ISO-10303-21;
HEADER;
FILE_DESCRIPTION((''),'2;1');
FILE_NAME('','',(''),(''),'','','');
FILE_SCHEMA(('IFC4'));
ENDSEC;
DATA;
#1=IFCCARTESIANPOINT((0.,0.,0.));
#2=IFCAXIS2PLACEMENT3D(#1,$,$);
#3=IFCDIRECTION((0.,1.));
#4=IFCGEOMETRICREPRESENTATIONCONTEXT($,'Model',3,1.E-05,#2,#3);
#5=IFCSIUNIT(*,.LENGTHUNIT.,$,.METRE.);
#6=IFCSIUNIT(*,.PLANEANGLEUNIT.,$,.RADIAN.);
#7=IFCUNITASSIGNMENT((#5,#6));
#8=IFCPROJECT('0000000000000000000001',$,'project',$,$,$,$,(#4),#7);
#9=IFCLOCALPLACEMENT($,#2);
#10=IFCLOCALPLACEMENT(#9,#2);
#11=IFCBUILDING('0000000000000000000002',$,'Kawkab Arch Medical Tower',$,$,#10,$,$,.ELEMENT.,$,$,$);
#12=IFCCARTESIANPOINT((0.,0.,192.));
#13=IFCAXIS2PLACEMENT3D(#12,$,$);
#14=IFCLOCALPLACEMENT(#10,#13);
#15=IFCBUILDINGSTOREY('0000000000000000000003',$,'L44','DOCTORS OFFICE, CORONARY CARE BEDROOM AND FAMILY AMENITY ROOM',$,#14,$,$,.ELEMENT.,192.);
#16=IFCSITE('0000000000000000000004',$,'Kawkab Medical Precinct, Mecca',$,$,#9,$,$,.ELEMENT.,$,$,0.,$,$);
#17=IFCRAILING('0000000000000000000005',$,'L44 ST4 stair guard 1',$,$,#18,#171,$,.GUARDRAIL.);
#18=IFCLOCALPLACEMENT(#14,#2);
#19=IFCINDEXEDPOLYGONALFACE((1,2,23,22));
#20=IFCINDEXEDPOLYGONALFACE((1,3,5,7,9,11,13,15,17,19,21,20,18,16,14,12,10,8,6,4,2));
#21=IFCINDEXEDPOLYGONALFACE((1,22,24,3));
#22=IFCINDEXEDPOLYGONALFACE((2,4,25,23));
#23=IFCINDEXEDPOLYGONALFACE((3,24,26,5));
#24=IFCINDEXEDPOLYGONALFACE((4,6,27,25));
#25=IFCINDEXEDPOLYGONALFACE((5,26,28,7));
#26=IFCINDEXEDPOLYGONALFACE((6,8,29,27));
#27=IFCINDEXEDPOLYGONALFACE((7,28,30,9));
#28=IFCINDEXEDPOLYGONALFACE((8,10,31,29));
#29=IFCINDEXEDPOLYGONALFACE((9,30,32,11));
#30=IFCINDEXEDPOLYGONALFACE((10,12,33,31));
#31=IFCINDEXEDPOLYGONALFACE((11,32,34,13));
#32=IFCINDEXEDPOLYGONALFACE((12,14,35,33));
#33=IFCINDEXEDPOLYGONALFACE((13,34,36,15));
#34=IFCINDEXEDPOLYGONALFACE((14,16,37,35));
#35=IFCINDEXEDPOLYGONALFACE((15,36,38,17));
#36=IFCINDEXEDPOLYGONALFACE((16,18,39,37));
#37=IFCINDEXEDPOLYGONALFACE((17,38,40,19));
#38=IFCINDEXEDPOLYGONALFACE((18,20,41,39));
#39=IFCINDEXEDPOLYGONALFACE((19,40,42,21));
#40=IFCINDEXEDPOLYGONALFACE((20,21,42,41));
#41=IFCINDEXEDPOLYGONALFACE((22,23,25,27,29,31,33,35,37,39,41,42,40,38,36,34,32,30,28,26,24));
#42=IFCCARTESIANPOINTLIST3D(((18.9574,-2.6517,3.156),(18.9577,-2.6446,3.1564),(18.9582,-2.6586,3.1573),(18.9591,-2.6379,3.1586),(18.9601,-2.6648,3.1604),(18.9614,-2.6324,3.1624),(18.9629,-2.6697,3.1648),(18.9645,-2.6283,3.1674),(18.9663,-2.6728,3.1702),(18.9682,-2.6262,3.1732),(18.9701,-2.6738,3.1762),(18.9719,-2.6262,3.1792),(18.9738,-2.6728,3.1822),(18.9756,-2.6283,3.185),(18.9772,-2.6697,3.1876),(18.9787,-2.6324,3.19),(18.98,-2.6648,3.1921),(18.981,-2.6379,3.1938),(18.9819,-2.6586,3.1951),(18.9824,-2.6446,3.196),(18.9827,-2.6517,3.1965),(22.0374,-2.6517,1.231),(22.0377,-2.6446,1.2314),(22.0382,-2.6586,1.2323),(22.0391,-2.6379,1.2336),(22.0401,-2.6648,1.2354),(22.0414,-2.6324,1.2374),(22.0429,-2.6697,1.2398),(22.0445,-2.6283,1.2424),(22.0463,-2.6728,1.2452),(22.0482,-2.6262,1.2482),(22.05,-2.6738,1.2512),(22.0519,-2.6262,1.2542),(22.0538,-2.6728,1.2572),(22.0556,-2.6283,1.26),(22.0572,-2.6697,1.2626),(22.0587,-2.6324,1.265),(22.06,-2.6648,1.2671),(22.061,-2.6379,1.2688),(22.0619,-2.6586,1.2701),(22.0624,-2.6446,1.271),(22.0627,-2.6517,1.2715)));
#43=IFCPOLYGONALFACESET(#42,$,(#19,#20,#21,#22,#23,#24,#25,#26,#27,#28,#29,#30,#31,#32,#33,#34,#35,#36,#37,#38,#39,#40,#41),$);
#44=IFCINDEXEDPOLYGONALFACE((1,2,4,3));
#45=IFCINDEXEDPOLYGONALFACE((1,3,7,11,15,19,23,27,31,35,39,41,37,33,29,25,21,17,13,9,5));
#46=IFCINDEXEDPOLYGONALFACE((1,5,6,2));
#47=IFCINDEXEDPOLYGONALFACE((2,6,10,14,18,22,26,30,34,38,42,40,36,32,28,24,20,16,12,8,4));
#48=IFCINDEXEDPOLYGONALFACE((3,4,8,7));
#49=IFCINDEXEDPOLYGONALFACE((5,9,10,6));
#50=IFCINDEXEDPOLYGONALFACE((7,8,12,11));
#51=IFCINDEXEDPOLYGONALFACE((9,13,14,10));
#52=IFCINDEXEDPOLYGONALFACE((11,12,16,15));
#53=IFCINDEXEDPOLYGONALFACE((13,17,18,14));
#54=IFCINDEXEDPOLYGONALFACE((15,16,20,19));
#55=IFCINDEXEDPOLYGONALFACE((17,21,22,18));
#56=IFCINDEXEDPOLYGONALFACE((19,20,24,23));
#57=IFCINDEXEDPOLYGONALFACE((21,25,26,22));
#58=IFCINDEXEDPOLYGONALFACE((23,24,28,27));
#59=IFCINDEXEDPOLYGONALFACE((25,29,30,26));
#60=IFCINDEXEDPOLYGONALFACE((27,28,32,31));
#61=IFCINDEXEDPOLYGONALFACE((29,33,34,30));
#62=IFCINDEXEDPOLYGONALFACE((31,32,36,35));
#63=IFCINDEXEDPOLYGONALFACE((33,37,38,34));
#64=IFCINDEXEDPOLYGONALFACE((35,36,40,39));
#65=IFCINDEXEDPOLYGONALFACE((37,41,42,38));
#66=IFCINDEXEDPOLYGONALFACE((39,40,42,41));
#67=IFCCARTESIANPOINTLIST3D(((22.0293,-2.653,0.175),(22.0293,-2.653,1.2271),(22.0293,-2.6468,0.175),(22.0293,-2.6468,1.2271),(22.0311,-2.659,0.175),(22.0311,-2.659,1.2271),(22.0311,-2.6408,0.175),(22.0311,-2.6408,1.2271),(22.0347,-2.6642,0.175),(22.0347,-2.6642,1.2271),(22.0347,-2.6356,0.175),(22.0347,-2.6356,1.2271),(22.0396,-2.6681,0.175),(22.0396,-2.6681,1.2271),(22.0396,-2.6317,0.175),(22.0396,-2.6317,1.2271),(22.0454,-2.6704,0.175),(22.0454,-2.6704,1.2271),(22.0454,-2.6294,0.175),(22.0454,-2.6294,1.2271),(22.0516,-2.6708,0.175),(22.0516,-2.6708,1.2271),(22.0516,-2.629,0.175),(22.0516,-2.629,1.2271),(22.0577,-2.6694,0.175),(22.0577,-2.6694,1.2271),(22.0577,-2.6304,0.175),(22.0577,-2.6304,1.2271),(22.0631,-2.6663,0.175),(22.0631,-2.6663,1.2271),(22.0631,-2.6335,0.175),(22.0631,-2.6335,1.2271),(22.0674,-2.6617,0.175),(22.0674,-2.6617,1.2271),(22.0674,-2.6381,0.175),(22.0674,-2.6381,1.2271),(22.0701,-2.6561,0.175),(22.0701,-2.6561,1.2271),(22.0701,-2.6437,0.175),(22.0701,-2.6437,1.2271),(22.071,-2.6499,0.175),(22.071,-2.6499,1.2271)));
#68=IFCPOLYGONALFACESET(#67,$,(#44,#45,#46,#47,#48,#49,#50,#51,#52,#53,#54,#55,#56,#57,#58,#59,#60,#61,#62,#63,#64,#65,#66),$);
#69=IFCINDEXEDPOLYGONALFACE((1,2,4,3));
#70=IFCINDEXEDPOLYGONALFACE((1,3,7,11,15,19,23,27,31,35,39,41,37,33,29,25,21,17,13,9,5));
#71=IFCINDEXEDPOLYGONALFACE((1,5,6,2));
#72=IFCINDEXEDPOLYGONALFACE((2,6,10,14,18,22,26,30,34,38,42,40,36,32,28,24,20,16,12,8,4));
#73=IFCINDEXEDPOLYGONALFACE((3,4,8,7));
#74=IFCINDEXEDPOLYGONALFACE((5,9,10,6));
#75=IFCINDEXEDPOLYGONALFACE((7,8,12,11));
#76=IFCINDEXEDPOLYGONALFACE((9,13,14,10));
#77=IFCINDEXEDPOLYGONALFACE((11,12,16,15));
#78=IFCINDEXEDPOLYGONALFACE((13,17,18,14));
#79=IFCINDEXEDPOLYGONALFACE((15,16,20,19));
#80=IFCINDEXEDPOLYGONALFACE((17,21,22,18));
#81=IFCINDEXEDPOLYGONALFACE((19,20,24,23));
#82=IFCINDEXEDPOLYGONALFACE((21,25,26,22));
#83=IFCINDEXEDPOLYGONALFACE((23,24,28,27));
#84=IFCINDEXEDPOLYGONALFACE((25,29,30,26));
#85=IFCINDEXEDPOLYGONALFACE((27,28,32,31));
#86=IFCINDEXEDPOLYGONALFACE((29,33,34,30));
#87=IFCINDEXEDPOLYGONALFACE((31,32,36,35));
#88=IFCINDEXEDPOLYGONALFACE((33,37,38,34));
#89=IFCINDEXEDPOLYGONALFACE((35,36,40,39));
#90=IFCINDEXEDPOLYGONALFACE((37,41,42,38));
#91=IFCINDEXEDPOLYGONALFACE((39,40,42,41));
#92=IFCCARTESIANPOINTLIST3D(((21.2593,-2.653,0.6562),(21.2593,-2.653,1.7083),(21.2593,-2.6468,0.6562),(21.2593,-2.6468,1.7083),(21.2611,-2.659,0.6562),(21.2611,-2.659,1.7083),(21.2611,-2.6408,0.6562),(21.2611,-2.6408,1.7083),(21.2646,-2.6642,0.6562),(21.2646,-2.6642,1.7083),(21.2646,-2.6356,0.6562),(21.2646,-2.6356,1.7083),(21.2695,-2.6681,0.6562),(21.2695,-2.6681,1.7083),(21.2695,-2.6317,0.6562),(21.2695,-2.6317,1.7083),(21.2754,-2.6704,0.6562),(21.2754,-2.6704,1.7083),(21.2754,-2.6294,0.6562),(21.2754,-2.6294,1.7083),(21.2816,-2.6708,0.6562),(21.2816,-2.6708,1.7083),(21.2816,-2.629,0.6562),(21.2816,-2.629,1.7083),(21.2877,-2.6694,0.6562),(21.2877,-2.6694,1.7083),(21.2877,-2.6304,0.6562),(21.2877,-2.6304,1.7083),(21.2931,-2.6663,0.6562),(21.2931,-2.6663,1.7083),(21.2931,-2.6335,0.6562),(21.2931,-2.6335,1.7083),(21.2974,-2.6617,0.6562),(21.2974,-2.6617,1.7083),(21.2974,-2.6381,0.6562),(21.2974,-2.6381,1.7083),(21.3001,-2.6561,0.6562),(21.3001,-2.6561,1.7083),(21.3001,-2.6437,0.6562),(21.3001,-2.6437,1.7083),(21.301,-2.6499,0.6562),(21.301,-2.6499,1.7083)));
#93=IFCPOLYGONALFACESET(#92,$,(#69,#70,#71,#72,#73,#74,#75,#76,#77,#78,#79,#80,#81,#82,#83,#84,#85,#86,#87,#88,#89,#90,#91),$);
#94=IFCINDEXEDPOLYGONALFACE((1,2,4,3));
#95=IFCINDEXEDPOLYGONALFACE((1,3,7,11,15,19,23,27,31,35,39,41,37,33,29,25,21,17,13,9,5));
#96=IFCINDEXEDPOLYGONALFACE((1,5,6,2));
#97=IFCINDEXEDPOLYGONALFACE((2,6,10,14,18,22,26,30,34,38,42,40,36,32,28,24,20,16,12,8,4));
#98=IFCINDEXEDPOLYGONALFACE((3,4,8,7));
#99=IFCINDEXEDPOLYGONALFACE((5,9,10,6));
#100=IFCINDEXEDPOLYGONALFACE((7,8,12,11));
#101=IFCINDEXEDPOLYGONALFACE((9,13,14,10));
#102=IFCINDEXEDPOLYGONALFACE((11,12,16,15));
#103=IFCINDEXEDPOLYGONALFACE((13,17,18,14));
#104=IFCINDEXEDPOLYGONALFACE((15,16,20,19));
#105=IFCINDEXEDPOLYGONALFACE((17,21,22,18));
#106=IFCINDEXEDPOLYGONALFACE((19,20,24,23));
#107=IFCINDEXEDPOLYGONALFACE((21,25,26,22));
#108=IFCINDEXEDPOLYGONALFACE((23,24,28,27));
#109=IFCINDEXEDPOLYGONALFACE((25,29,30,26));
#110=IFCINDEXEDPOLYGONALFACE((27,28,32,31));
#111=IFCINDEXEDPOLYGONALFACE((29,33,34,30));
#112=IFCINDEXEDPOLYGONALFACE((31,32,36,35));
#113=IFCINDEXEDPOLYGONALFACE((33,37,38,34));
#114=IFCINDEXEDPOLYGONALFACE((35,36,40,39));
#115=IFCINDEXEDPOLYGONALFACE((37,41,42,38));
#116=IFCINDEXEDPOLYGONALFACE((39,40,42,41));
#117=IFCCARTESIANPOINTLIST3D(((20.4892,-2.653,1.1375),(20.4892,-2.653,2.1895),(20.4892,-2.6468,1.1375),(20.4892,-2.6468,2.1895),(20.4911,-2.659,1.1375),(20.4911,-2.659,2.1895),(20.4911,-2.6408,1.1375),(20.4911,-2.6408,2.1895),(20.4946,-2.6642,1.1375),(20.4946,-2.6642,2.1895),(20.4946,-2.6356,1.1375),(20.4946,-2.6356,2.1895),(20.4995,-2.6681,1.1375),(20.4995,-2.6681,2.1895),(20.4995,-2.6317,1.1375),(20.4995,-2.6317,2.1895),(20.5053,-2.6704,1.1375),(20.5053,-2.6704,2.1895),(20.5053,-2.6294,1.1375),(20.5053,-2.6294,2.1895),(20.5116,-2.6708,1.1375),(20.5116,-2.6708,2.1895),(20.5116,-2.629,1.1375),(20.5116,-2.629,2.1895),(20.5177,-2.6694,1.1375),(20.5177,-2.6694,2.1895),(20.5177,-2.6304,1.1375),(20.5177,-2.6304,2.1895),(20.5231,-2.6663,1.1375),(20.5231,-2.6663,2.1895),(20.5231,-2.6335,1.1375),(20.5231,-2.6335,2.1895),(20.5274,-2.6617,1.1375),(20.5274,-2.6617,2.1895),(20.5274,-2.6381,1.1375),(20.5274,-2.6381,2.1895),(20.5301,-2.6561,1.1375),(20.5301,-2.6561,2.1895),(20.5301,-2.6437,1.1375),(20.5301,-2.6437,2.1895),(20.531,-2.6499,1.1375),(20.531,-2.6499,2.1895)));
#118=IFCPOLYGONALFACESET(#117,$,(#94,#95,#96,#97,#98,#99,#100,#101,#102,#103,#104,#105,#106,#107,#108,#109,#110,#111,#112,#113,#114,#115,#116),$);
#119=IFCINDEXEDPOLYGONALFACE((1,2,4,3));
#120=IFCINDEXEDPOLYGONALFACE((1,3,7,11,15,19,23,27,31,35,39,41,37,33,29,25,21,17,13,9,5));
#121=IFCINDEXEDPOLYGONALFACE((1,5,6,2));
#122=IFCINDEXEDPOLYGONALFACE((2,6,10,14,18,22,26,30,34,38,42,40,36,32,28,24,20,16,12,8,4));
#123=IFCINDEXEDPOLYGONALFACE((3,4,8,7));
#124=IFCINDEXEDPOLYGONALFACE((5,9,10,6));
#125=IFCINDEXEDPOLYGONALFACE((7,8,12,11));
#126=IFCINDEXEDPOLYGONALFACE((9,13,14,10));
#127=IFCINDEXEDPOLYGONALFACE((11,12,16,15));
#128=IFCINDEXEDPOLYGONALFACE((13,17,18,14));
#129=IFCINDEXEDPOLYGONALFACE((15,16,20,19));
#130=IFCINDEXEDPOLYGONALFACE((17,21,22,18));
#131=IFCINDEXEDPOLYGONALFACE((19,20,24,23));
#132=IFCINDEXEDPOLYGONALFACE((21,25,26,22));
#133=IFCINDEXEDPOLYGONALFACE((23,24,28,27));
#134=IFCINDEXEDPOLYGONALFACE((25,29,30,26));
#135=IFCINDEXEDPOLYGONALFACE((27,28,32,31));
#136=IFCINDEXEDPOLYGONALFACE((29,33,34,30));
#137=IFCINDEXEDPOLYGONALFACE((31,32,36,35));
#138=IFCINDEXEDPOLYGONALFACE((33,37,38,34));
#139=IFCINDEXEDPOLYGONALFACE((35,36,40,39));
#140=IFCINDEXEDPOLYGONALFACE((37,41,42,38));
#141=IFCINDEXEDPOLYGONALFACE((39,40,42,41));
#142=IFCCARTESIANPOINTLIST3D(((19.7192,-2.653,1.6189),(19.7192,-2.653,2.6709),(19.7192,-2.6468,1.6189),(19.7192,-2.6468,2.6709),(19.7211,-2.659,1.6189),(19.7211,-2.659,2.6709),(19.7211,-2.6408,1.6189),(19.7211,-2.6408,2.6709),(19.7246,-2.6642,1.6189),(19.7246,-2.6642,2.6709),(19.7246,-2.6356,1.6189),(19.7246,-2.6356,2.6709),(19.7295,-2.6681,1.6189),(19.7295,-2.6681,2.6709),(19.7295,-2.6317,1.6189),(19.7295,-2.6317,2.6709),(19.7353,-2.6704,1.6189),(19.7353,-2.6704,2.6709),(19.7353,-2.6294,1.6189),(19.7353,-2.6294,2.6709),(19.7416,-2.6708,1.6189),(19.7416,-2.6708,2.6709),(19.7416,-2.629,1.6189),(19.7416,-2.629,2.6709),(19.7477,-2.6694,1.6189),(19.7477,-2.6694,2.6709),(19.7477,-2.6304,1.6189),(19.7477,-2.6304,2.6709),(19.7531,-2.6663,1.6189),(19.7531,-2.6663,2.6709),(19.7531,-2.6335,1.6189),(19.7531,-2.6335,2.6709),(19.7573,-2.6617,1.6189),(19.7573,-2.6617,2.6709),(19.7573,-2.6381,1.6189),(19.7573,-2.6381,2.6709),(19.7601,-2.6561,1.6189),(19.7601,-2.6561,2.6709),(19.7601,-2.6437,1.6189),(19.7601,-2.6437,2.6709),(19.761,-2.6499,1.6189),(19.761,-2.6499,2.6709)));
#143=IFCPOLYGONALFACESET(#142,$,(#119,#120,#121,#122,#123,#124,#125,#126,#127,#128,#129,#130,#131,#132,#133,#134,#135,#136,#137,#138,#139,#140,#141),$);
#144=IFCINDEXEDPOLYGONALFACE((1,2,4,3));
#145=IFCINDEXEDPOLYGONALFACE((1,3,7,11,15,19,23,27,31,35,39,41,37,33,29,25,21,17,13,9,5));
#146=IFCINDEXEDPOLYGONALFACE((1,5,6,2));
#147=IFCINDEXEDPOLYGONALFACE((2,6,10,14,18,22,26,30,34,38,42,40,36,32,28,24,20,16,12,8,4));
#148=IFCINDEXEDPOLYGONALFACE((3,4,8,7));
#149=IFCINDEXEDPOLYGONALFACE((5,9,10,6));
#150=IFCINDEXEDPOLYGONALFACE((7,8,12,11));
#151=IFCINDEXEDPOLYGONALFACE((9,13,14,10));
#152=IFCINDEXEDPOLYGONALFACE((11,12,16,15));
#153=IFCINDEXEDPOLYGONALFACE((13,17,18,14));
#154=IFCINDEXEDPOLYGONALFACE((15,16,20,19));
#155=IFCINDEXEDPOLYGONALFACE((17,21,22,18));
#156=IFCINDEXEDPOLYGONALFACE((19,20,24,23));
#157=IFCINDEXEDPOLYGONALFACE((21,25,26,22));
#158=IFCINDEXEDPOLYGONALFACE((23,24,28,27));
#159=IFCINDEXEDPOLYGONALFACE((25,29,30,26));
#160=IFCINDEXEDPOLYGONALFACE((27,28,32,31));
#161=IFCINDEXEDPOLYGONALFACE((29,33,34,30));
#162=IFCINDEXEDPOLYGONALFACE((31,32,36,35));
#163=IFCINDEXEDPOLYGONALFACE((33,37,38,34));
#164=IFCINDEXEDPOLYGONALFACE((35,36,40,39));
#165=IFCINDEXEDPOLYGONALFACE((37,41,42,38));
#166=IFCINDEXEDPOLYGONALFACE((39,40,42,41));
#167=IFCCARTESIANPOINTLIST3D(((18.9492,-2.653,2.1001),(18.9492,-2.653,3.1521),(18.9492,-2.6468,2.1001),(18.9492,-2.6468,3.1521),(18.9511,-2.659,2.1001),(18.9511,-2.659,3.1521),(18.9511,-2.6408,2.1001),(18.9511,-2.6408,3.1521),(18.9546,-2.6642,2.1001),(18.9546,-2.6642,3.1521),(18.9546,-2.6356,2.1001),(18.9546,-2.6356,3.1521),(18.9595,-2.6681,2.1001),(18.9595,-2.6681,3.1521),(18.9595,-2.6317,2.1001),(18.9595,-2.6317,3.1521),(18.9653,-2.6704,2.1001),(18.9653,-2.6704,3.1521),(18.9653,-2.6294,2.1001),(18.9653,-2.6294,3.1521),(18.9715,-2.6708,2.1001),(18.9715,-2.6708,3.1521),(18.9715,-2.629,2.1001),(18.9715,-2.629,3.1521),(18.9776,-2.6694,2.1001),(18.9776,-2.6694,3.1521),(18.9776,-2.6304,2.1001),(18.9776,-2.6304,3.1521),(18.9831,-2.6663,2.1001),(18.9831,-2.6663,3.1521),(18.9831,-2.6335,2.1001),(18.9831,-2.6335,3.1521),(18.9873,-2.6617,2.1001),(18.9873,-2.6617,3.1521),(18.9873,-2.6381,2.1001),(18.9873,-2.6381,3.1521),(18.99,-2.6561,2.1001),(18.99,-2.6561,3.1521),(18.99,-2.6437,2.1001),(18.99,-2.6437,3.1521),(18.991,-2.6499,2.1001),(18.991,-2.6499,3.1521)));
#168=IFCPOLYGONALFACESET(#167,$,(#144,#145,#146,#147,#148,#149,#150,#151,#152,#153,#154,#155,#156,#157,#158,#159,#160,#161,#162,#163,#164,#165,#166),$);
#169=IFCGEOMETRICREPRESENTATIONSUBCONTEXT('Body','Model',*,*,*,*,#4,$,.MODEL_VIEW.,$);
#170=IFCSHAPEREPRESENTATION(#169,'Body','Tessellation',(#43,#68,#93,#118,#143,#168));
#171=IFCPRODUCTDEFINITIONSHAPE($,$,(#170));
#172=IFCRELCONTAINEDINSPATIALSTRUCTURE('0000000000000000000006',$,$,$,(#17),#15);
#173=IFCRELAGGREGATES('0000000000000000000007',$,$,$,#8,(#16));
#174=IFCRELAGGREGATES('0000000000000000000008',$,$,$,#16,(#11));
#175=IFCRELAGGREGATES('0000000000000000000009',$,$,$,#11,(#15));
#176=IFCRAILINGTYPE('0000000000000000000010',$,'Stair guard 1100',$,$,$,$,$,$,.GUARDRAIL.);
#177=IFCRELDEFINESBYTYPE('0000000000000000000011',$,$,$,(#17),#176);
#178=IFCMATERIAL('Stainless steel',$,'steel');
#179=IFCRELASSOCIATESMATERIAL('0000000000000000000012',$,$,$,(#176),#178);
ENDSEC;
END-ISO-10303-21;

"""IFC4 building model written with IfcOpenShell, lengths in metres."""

from ifc_helpers import new_model, si_unit, direction, frame, origin, origin_2d, place, context, subcontext, project, spatial, circle, extrude, material, type_object, element, save


model = new_model("IFC4")

# Units and contexts
model_context = context("Model", 3, precision=1e-05, world=origin(), true_north=direction((0.0, 1.0)))
body_context = subcontext(model_context, "Body", "Model", "MODEL_VIEW")
ifc_project = project(units=[si_unit("LENGTHUNIT", "METRE"), si_unit("PLANEANGLEUNIT", "RADIAN")], contexts=[model_context])

# Site, building, storey
site_placement = place(None, origin())
site = spatial("IfcSite", under=ifc_project, at=site_placement, Name="Kawkab Medical Precinct, Mecca", CompositionType="ELEMENT", RefElevation=0.0)
building_placement = place(site_placement, origin())
building = spatial("IfcBuilding", under=site, at=building_placement, Name="Kawkab Arch Medical Tower", CompositionType="ELEMENT")
storey_placement = place(building_placement, frame((0.0, 0.0, 192.0)))
storey = spatial("IfcBuildingStorey", under=building, at=storey_placement, Name="L44", Description="DOCTORS OFFICE, CORONARY CARE BEDROOM AND FAMILY AMENITY ROOM", CompositionType="ELEMENT", Elevation=192.0)

# Railing
ifc_material_1 = material(Name="Stainless steel", Category="steel")
railing_type_1 = type_object("IfcRailingType", Name="Stair guard 1100", PredefinedType="GUARDRAIL", material=ifc_material_1)
railing_1_placement = place(storey_placement, frame((22.05, -2.6499, 0.175)))
element("IfcRailing", 1, at=railing_1_placement, inside=storey, type_object=railing_type_1, Name="L44 ST4 stair guard 1", PredefinedType="GUARDRAIL", context=body_context, shape_type="SweptSolid", body=[
    extrude(circle(Radius=0.0239, at=origin_2d()), frame((0.0, 0.0, 1.0762), z_axis=(-0.847998, 0.0, 0.529999), x_axis=(0.0, -1.0, 0.0)), (0.0, 0.0, 1.0), 3.6321),
    extrude(circle(Radius=0.021, at=origin_2d()), origin(), (0.0, 0.0, 1.0), 1.052),
    extrude(circle(Radius=0.021, at=origin_2d()), frame((-0.77, 0.0, 0.4812)), (0.0, 0.0, 1.0), 1.052),
    extrude(circle(Radius=0.021, at=origin_2d()), frame((-1.54, 0.0, 0.9624)), (0.0, 0.0, 1.0), 1.052),
    extrude(circle(Radius=0.021, at=origin_2d()), frame((-2.3101, 0.0, 1.4438)), (0.0, 0.0, 1.0), 1.052),
    extrude(circle(Radius=0.021, at=origin_2d()), frame((-3.0801, 0.0, 1.925)), (0.0, 0.0, 1.0), 1.052),
])

save(model, "model.ifc")
